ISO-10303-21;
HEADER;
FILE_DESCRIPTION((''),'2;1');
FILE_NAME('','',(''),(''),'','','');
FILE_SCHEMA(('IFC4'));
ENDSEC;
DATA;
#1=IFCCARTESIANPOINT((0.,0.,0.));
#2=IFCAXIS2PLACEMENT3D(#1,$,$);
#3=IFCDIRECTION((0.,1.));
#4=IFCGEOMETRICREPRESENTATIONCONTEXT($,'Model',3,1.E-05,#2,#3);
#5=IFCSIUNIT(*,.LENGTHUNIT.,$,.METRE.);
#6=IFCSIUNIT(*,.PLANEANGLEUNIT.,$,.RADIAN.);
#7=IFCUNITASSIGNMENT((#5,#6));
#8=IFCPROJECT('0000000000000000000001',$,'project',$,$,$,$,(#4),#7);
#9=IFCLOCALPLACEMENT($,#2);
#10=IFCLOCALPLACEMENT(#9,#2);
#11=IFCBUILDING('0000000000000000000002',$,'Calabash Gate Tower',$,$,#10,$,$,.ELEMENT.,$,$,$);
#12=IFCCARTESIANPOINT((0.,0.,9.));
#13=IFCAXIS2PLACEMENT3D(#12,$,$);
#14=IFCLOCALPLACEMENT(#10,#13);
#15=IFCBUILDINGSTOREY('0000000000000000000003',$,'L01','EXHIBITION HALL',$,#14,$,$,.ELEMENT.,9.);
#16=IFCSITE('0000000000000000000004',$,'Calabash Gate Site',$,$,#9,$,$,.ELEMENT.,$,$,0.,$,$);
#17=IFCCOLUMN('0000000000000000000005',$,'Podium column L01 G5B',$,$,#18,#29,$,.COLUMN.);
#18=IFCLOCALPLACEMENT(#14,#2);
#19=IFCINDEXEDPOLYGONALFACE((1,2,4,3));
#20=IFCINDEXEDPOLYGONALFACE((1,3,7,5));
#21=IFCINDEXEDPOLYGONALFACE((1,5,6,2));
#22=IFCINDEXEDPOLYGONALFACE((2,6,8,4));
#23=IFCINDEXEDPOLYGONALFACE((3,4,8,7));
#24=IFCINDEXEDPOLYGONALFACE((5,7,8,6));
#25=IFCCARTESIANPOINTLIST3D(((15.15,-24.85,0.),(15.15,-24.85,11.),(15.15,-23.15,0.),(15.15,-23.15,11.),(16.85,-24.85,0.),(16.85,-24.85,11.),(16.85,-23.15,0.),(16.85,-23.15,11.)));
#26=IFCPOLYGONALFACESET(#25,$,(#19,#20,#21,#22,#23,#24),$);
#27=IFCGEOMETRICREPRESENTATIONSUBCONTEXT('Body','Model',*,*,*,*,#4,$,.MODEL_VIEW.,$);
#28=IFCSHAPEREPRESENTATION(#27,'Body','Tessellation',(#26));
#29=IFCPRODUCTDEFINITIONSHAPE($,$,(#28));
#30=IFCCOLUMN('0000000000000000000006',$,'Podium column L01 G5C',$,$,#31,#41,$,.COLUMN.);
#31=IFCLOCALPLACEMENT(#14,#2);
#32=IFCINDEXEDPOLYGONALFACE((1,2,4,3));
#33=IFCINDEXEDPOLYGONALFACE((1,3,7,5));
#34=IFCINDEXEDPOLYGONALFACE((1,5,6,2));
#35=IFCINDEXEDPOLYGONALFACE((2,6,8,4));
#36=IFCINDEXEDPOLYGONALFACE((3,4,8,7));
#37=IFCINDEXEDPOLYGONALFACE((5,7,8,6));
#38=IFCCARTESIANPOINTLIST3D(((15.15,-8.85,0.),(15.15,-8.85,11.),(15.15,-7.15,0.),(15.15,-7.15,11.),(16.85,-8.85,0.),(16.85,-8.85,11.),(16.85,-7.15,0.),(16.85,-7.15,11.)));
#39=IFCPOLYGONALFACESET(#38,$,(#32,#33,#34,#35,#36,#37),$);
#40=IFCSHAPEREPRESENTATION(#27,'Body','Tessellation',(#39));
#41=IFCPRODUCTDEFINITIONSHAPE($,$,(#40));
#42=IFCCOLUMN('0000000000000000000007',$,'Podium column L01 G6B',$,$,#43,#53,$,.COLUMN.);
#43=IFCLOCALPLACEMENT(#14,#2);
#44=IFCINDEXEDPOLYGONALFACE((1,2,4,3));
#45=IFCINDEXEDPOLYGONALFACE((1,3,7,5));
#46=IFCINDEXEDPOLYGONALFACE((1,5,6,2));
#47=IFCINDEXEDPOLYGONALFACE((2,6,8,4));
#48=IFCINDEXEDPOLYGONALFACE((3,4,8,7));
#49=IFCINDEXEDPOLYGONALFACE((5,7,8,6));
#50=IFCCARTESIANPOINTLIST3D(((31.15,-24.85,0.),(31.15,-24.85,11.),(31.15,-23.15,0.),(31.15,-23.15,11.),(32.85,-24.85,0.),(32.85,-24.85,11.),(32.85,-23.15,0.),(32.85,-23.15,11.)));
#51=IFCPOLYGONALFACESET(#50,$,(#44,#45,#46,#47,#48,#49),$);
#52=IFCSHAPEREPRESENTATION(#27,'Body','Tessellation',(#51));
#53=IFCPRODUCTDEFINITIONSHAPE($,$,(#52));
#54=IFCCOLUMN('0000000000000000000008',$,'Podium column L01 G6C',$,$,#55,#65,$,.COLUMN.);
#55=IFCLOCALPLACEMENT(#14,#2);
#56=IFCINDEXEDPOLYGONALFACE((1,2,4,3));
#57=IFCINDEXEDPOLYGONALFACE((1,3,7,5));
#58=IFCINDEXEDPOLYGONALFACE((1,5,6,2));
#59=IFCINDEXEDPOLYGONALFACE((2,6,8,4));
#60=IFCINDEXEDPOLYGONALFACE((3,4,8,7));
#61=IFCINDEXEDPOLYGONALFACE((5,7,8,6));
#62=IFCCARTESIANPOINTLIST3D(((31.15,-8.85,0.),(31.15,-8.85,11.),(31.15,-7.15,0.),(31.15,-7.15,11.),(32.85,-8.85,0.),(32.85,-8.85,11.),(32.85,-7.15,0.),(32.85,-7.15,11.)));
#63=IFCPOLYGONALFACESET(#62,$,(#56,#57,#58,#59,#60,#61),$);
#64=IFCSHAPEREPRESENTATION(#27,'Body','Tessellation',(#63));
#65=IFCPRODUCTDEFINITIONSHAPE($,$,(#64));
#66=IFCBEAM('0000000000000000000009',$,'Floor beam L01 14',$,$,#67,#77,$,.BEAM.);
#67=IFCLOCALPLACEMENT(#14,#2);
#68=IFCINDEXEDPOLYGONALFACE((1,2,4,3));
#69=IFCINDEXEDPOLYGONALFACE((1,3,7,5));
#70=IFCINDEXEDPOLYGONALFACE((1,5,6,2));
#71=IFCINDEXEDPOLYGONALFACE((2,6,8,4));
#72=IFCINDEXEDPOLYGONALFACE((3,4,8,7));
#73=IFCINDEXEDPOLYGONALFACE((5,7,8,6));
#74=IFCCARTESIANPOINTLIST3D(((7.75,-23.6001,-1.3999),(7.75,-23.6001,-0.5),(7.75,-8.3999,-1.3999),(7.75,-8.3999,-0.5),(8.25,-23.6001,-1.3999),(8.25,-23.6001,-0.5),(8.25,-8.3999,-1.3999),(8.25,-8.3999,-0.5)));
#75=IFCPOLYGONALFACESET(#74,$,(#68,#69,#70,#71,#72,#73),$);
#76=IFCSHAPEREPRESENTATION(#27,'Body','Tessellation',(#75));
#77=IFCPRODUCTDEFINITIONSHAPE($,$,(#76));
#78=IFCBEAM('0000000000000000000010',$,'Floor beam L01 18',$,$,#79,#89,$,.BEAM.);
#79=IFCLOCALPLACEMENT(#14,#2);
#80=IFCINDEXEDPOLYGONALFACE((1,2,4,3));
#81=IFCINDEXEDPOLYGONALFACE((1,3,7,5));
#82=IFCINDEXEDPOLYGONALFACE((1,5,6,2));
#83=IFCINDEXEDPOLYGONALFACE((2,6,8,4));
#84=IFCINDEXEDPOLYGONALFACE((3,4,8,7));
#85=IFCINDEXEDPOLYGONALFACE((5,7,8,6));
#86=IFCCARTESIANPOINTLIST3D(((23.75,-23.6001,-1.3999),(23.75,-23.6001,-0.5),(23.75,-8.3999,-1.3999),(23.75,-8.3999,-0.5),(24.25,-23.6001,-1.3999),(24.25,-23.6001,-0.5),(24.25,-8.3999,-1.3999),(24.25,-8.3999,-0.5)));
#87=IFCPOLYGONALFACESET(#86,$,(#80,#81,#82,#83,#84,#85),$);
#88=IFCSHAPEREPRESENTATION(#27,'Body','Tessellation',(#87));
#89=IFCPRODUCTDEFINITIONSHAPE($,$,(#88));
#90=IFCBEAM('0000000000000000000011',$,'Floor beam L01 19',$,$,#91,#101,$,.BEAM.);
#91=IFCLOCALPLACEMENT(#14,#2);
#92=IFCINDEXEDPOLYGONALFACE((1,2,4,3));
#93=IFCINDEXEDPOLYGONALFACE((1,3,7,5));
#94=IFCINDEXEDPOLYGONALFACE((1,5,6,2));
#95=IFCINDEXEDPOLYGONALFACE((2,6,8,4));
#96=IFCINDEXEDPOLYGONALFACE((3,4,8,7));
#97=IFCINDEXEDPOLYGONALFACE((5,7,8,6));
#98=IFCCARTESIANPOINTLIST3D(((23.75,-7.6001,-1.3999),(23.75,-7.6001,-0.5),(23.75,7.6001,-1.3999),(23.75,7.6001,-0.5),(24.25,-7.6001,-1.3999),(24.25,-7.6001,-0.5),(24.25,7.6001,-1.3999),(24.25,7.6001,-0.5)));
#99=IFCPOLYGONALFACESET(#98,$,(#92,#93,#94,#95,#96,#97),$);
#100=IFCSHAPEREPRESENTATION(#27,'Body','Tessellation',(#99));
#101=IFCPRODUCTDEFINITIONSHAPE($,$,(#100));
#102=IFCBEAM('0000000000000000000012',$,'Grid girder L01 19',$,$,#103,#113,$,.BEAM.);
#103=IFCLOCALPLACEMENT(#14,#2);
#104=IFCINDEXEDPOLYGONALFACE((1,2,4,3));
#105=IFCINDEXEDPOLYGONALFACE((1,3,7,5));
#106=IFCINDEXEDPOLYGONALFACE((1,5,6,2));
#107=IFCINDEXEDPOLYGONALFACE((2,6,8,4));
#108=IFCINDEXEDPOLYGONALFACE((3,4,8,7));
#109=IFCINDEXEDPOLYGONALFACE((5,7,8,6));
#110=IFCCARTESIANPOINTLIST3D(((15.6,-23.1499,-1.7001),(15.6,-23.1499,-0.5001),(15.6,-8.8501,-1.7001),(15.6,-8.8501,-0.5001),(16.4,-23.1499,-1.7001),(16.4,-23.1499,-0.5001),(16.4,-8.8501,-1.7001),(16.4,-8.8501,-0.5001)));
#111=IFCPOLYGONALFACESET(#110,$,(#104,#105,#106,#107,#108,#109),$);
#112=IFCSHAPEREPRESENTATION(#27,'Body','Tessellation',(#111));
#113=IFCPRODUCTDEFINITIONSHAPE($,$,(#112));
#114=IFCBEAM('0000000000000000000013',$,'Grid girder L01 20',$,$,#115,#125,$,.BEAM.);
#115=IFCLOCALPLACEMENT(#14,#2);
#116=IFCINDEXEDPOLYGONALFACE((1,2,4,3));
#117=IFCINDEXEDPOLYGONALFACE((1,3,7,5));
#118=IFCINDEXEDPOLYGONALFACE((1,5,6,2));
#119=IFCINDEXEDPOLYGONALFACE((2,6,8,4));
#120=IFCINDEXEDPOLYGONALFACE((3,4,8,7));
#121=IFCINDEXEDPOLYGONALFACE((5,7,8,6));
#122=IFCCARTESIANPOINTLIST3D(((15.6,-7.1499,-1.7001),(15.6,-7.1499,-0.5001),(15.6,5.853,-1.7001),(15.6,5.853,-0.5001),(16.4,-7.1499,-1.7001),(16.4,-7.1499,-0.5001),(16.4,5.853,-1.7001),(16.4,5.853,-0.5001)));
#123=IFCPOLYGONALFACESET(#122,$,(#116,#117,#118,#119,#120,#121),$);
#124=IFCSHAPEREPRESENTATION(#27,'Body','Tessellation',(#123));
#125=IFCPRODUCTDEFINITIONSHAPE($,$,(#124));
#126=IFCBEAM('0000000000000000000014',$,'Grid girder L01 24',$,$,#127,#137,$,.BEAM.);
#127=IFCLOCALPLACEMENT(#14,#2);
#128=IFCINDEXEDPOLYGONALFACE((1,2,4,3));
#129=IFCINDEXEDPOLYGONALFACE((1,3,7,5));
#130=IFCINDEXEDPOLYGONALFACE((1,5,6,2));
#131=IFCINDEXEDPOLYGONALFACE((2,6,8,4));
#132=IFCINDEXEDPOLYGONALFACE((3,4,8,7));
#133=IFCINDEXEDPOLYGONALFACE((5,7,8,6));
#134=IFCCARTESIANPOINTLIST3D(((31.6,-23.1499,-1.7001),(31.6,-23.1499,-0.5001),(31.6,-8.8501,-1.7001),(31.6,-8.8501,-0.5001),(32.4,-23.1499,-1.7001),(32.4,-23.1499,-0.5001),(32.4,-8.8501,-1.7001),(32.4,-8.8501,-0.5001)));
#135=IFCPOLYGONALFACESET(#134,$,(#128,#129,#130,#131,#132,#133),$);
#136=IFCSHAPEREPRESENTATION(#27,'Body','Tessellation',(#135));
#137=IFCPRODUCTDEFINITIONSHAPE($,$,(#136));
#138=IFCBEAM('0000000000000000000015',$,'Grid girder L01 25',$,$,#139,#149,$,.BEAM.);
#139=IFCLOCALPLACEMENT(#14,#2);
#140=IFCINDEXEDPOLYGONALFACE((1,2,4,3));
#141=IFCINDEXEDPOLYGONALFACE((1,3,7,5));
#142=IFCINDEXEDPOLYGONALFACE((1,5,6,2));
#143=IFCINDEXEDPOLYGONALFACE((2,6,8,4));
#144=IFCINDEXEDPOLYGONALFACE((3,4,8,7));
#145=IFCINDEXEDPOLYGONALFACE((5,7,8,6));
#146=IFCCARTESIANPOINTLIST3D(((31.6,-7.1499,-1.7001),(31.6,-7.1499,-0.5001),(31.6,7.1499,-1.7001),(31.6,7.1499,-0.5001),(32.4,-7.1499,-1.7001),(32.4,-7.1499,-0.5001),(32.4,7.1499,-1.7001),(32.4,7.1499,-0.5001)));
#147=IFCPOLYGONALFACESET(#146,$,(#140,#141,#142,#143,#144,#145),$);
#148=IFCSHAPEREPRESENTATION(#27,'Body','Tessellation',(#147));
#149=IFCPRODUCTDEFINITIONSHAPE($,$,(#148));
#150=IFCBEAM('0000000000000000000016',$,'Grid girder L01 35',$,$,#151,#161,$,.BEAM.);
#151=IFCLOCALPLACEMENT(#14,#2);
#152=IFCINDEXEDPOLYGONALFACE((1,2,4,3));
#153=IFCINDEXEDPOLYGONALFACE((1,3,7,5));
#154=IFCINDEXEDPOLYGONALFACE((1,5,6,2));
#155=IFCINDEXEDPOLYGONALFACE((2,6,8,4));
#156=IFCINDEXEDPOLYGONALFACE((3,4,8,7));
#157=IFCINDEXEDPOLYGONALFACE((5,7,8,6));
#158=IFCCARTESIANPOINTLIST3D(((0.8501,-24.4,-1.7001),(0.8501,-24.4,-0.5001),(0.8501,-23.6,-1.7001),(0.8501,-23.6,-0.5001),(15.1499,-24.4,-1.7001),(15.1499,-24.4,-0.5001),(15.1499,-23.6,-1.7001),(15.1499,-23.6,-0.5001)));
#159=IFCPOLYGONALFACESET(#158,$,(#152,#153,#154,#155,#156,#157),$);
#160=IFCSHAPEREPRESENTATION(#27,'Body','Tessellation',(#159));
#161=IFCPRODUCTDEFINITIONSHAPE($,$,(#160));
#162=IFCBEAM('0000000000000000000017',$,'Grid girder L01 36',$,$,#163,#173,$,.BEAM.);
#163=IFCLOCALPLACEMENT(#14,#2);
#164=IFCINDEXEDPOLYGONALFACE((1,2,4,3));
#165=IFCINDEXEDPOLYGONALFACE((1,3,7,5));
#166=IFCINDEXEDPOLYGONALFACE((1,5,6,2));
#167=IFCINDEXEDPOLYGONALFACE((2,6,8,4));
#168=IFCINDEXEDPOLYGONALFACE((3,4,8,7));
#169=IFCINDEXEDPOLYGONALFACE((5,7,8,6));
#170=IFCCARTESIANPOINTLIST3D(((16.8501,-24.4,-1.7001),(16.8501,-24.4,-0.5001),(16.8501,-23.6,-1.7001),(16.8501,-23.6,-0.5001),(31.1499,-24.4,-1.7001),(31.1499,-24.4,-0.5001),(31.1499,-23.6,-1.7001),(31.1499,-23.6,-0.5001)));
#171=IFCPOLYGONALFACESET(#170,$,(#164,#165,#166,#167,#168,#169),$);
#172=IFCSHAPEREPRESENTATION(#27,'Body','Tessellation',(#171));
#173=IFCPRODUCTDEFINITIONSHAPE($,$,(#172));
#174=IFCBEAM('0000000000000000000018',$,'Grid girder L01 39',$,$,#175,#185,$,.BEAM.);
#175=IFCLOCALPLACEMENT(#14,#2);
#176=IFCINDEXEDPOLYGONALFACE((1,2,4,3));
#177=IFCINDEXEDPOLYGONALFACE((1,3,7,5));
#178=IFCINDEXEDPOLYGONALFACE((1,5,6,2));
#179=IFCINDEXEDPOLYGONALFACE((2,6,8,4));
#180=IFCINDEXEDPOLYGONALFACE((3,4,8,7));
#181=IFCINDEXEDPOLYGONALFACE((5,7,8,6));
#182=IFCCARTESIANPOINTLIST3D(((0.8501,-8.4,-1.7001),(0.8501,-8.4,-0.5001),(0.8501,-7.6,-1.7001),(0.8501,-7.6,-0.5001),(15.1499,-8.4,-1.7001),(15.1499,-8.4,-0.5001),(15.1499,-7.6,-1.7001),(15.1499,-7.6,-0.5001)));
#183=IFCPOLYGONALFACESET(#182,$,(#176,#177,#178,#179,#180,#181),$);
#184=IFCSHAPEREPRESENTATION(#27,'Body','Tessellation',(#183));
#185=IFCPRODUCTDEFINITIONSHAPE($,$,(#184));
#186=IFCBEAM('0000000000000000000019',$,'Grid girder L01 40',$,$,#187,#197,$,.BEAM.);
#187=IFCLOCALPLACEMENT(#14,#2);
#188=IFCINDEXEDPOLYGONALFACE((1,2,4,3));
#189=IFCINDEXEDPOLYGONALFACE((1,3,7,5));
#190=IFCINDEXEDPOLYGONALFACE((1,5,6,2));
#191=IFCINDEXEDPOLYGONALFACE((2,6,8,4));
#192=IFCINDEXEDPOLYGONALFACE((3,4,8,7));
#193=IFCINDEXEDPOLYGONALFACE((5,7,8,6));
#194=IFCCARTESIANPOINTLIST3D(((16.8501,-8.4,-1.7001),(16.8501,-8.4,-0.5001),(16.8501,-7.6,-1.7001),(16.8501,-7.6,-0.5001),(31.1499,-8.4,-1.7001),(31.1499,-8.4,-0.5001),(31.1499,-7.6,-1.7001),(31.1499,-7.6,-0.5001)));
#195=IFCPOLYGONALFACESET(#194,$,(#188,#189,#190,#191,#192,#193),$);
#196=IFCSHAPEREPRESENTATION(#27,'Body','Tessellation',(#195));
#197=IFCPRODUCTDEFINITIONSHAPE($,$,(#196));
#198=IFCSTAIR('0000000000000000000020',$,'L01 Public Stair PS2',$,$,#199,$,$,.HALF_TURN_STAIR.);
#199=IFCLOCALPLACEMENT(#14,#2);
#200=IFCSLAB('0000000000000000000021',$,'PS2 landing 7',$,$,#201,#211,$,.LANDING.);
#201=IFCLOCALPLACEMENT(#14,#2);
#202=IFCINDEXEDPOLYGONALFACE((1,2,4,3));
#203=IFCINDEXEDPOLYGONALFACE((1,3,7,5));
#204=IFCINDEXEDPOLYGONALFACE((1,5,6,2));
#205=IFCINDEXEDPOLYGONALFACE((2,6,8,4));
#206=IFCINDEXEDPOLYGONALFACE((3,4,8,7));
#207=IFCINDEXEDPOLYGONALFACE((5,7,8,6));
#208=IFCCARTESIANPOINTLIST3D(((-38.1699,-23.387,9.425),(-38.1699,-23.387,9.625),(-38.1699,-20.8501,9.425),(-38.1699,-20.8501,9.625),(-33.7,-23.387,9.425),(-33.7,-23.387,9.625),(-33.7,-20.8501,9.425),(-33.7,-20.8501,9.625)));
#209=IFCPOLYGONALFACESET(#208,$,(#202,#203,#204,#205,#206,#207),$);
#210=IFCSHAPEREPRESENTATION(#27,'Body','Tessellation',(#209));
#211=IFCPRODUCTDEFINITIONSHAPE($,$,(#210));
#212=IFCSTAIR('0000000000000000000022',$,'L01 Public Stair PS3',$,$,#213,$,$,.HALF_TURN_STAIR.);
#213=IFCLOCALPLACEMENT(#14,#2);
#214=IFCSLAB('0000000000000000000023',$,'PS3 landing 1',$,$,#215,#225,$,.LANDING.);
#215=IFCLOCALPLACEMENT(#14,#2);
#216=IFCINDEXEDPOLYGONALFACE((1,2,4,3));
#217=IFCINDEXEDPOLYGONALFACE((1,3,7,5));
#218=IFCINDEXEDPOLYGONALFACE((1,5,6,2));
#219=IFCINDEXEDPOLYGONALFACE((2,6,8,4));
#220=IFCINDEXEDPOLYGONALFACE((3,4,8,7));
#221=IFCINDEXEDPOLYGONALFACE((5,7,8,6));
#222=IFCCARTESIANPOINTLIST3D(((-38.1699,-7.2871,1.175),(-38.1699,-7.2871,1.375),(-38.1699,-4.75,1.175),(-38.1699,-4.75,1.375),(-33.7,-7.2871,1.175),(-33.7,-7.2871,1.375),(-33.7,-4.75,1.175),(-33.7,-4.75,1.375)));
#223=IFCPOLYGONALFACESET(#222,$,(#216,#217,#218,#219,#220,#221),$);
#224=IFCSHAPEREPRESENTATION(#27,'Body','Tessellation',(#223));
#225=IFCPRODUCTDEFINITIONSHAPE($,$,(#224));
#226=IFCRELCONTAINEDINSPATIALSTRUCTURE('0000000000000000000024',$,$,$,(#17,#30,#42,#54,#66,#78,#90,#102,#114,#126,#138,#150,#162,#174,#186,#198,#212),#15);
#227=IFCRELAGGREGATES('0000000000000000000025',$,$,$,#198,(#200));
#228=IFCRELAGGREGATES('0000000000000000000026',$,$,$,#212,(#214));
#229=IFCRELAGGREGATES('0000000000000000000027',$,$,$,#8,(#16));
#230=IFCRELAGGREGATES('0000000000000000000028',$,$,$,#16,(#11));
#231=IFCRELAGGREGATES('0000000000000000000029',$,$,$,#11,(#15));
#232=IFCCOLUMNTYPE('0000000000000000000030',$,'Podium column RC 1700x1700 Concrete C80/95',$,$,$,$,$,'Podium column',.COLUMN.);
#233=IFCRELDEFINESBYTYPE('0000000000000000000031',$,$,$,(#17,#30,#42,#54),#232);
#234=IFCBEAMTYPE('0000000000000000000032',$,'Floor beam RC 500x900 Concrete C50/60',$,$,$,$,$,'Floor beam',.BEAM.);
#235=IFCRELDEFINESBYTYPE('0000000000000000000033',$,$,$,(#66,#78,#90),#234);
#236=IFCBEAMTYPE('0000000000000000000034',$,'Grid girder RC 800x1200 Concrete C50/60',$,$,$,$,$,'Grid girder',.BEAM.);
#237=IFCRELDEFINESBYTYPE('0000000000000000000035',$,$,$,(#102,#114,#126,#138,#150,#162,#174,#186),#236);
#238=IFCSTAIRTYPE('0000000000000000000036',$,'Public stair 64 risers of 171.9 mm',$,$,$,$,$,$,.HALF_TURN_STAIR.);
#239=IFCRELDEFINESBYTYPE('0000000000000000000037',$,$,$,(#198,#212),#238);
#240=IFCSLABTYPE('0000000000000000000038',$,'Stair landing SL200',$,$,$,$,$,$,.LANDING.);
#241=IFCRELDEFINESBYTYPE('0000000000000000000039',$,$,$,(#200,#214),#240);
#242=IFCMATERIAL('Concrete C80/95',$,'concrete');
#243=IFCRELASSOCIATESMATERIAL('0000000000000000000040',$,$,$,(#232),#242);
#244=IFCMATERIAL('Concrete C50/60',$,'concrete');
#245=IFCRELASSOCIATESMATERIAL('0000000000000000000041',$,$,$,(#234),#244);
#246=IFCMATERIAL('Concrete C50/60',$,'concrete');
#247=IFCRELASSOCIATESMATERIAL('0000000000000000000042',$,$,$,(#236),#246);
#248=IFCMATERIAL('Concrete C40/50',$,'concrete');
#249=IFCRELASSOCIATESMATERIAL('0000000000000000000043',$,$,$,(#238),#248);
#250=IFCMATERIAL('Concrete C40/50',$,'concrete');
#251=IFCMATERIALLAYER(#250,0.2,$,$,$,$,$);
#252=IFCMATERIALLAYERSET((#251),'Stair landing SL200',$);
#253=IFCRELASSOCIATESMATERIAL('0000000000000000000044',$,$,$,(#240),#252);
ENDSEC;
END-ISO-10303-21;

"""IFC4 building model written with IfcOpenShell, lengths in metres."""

from ifc_helpers import new_model, si_unit, direction, frame, origin, origin_2d, place, context, subcontext, project, spatial, polyline, rectangle, outline, extrude, material, layer, layer_set, material_profile, profile_set, type_object, element, aggregate, save


model = new_model("IFC4")

# Units and contexts
model_context = context("Model", 3, precision=1e-05, world=origin(), true_north=direction((0.0, 1.0)))
body_context = subcontext(model_context, "Body", "Model", "MODEL_VIEW")
ifc_project = project(units=[si_unit("LENGTHUNIT", "METRE"), si_unit("PLANEANGLEUNIT", "RADIAN")], contexts=[model_context])

# Site, building, storey
site_placement = place(None, origin())
site = spatial("IfcSite", under=ifc_project, at=site_placement, Name="Calabash Gate Site", CompositionType="ELEMENT", RefElevation=0.0)
building_placement = place(site_placement, origin())
building = spatial("IfcBuilding", under=site, at=building_placement, Name="Calabash Gate Tower", CompositionType="ELEMENT")
storey_placement = place(building_placement, frame((0.0, 0.0, 9.0)))
storey = spatial("IfcBuildingStorey", under=building, at=storey_placement, Name="L01", Description="EXHIBITION HALL", CompositionType="ELEMENT", Elevation=9.0)

# Columns
ifc_material_1 = material(Name="Concrete C80/95", Category="concrete")
ifc_material_profile_1 = material_profile(ifc_material_1, rectangle(XDim=1.7, YDim=1.7, at=origin_2d()))
ifc_profile_set_1 = profile_set([ifc_material_profile_1], Name="Concrete C80/95")
column_type = type_object("IfcColumnType", Name="Podium column RC 1700x1700 Concrete C80/95", ElementType="Podium column", PredefinedType="COLUMN", material=ifc_profile_set_1)
for number, where, z_axis, x_axis, name in (
    (1, (16.0, -24.0, 0.0), (0.0, 0.0, 1.0), (1.0, 0.0, 0.0), "Podium column L01 G5B"),
    (2, (16.0, -8.0, 0.0), (0.0, 0.0, 1.0), (1.0, 0.0, 0.0), "Podium column L01 G5C"),
    (3, (32.0, -24.0, 0.0), (0.0, 0.0, 1.0), (1.0, 0.0, 0.0), "Podium column L01 G6B"),
    (4, (32.0, -8.0, 0.0), (0.0, 0.0, 1.0), (1.0, 0.0, 0.0), "Podium column L01 G6C"),
):
    element("IfcColumn", number, at=place(storey_placement, frame(where, z_axis=z_axis, x_axis=x_axis)), inside=storey, type_object=column_type, Name=name, PredefinedType="COLUMN", context=body_context, shape_type="SweptSolid", body=[
        extrude(rectangle(XDim=1.7, YDim=1.7, at=origin_2d()), origin(), (0.0, 0.0, 1.0), 11.0),
    ])

# Beams
ifc_material_2 = material(Name="Concrete C50/60", Category="concrete")
ifc_material_profile_2 = material_profile(ifc_material_2, rectangle(XDim=0.5, YDim=0.8999, at=origin_2d()))
ifc_profile_set_2 = profile_set([ifc_material_profile_2], Name="Concrete C50/60")
beam_type_1 = type_object("IfcBeamType", Name="Floor beam RC 500x900 Concrete C50/60", ElementType="Floor beam", PredefinedType="BEAM", material=ifc_profile_set_2)
for number, where, z_axis, x_axis, name in (
    (5, (8.0, -23.6001, -0.95), (0.0, 1.0, 0.0), (-1.0, 0.0, 0.0), "Floor beam L01 14"),
    (6, (24.0, -23.6001, -0.95), (0.0, 1.0, 0.0), (-1.0, 0.0, 0.0), "Floor beam L01 18"),
    (7, (24.0, -7.6001, -0.95), (0.0, 1.0, 0.0), (-1.0, 0.0, 0.0), "Floor beam L01 19"),
):
    element("IfcBeam", number, at=place(storey_placement, frame(where, z_axis=z_axis, x_axis=x_axis)), inside=storey, type_object=beam_type_1, Name=name, PredefinedType="BEAM", context=body_context, shape_type="SweptSolid", body=[
        extrude(rectangle(XDim=0.5, YDim=0.8999, at=origin_2d()), origin(), (0.0, 0.0, 1.0), 15.2002),
    ])
ifc_material_3 = material(Name="Concrete C50/60", Category="concrete")
ifc_material_profile_3 = material_profile(ifc_material_3, rectangle(XDim=0.8, YDim=1.2, at=origin_2d()))
ifc_profile_set_3 = profile_set([ifc_material_profile_3], Name="Concrete C50/60")
beam_type_2 = type_object("IfcBeamType", Name="Grid girder RC 800x1200 Concrete C50/60", ElementType="Grid girder", PredefinedType="BEAM", material=ifc_profile_set_3)
beam_1_placement = place(storey_placement, frame((16.0, -23.1499, -1.1001), z_axis=(0.0, 1.0, 0.0), x_axis=(-1.0, 0.0, 0.0)))
element("IfcBeam", 8, at=beam_1_placement, inside=storey, type_object=beam_type_2, Name="Grid girder L01 19", PredefinedType="BEAM", context=body_context, shape_type="SweptSolid", body=[
    extrude(rectangle(XDim=0.8, YDim=1.2, at=origin_2d()), origin(), (0.0, 0.0, 1.0), 14.2998),
])
beam_2_placement = place(storey_placement, frame((16.0, -7.1499, -1.1001), z_axis=(0.0, 1.0, 0.0), x_axis=(-1.0, 0.0, 0.0)))
element("IfcBeam", 9, at=beam_2_placement, inside=storey, type_object=beam_type_2, Name="Grid girder L01 20", PredefinedType="BEAM", context=body_context, shape_type="SweptSolid", body=[
    extrude(rectangle(XDim=0.8, YDim=1.2, at=origin_2d()), origin(), (0.0, 0.0, 1.0), 13.0029),
])
for number, where, z_axis, x_axis, name in (
    (10, (32.0, -23.1499, -1.1001), (0.0, 1.0, 0.0), (-1.0, 0.0, 0.0), "Grid girder L01 24"),
    (11, (32.0, -7.1499, -1.1001), (0.0, 1.0, 0.0), (-1.0, 0.0, 0.0), "Grid girder L01 25"),
    (12, (0.8501, -24.0, -1.1001), (1.0, 0.0, 0.0), (0.0, 1.0, 0.0), "Grid girder L01 35"),
    (13, (16.8501, -24.0, -1.1001), (1.0, 0.0, 0.0), (0.0, 1.0, 0.0), "Grid girder L01 36"),
    (14, (0.8501, -8.0, -1.1001), (1.0, 0.0, 0.0), (0.0, 1.0, 0.0), "Grid girder L01 39"),
    (15, (16.8501, -8.0, -1.1001), (1.0, 0.0, 0.0), (0.0, 1.0, 0.0), "Grid girder L01 40"),
):
    element("IfcBeam", number, at=place(storey_placement, frame(where, z_axis=z_axis, x_axis=x_axis)), inside=storey, type_object=beam_type_2, Name=name, PredefinedType="BEAM", context=body_context, shape_type="SweptSolid", body=[
        extrude(rectangle(XDim=0.8, YDim=1.2, at=origin_2d()), origin(), (0.0, 0.0, 1.0), 14.2998),
    ])

# Stair, slab
ifc_material_4 = material(Name="Concrete C40/50", Category="concrete")
stair_type = type_object("IfcStairType", Name="Public stair 64 risers of 171.9 mm", PredefinedType="HALF_TURN_STAIR", material=ifc_material_4)
stair_1_placement = place(storey_placement, origin())
stair_1 = element("IfcStair", 16, at=stair_1_placement, inside=storey, type_object=stair_type, Name="L01 Public Stair PS2", PredefinedType="HALF_TURN_STAIR")
ifc_material_5 = material(Name="Concrete C40/50", Category="concrete")
ifc_layer_1 = layer(ifc_material_5, 0.2)
ifc_layer_set_1 = layer_set([ifc_layer_1], Name="Stair landing SL200")
slab_type = type_object("IfcSlabType", Name="Stair landing SL200", PredefinedType="LANDING", material=ifc_layer_set_1)
slab_1_placement = place(storey_placement, frame((0.0, 0.0, 9.425)))
slab_1 = element("IfcSlab", 17, at=slab_1_placement, type_object=slab_type, Name="PS2 landing 7", PredefinedType="LANDING", context=body_context, shape_type="SweptSolid", body=[
    extrude(outline(polyline([(-33.7, -23.387), (-33.7, -20.8501), (-38.1699, -20.8501), (-38.1699, -23.387), (-33.7, -23.387)])), origin(), (0.0, 0.0, 1.0), 0.2),
])
aggregate(stair_1, [slab_1])

# Stair, slab
stair_2_placement = place(storey_placement, origin())
stair_2 = element("IfcStair", 18, at=stair_2_placement, inside=storey, type_object=stair_type, Name="L01 Public Stair PS3", PredefinedType="HALF_TURN_STAIR")
slab_2_placement = place(storey_placement, frame((0.0, 0.0, 1.175)))
slab_2 = element("IfcSlab", 19, at=slab_2_placement, type_object=slab_type, Name="PS3 landing 1", PredefinedType="LANDING", context=body_context, shape_type="SweptSolid", body=[
    extrude(outline(polyline([(-33.7, -7.2871), (-33.7, -4.75), (-38.1699, -4.75), (-38.1699, -7.2871), (-33.7, -7.2871)])), origin(), (0.0, 0.0, 1.0), 0.2),
])
aggregate(stair_2, [slab_2])

save(model, "model.ifc")
